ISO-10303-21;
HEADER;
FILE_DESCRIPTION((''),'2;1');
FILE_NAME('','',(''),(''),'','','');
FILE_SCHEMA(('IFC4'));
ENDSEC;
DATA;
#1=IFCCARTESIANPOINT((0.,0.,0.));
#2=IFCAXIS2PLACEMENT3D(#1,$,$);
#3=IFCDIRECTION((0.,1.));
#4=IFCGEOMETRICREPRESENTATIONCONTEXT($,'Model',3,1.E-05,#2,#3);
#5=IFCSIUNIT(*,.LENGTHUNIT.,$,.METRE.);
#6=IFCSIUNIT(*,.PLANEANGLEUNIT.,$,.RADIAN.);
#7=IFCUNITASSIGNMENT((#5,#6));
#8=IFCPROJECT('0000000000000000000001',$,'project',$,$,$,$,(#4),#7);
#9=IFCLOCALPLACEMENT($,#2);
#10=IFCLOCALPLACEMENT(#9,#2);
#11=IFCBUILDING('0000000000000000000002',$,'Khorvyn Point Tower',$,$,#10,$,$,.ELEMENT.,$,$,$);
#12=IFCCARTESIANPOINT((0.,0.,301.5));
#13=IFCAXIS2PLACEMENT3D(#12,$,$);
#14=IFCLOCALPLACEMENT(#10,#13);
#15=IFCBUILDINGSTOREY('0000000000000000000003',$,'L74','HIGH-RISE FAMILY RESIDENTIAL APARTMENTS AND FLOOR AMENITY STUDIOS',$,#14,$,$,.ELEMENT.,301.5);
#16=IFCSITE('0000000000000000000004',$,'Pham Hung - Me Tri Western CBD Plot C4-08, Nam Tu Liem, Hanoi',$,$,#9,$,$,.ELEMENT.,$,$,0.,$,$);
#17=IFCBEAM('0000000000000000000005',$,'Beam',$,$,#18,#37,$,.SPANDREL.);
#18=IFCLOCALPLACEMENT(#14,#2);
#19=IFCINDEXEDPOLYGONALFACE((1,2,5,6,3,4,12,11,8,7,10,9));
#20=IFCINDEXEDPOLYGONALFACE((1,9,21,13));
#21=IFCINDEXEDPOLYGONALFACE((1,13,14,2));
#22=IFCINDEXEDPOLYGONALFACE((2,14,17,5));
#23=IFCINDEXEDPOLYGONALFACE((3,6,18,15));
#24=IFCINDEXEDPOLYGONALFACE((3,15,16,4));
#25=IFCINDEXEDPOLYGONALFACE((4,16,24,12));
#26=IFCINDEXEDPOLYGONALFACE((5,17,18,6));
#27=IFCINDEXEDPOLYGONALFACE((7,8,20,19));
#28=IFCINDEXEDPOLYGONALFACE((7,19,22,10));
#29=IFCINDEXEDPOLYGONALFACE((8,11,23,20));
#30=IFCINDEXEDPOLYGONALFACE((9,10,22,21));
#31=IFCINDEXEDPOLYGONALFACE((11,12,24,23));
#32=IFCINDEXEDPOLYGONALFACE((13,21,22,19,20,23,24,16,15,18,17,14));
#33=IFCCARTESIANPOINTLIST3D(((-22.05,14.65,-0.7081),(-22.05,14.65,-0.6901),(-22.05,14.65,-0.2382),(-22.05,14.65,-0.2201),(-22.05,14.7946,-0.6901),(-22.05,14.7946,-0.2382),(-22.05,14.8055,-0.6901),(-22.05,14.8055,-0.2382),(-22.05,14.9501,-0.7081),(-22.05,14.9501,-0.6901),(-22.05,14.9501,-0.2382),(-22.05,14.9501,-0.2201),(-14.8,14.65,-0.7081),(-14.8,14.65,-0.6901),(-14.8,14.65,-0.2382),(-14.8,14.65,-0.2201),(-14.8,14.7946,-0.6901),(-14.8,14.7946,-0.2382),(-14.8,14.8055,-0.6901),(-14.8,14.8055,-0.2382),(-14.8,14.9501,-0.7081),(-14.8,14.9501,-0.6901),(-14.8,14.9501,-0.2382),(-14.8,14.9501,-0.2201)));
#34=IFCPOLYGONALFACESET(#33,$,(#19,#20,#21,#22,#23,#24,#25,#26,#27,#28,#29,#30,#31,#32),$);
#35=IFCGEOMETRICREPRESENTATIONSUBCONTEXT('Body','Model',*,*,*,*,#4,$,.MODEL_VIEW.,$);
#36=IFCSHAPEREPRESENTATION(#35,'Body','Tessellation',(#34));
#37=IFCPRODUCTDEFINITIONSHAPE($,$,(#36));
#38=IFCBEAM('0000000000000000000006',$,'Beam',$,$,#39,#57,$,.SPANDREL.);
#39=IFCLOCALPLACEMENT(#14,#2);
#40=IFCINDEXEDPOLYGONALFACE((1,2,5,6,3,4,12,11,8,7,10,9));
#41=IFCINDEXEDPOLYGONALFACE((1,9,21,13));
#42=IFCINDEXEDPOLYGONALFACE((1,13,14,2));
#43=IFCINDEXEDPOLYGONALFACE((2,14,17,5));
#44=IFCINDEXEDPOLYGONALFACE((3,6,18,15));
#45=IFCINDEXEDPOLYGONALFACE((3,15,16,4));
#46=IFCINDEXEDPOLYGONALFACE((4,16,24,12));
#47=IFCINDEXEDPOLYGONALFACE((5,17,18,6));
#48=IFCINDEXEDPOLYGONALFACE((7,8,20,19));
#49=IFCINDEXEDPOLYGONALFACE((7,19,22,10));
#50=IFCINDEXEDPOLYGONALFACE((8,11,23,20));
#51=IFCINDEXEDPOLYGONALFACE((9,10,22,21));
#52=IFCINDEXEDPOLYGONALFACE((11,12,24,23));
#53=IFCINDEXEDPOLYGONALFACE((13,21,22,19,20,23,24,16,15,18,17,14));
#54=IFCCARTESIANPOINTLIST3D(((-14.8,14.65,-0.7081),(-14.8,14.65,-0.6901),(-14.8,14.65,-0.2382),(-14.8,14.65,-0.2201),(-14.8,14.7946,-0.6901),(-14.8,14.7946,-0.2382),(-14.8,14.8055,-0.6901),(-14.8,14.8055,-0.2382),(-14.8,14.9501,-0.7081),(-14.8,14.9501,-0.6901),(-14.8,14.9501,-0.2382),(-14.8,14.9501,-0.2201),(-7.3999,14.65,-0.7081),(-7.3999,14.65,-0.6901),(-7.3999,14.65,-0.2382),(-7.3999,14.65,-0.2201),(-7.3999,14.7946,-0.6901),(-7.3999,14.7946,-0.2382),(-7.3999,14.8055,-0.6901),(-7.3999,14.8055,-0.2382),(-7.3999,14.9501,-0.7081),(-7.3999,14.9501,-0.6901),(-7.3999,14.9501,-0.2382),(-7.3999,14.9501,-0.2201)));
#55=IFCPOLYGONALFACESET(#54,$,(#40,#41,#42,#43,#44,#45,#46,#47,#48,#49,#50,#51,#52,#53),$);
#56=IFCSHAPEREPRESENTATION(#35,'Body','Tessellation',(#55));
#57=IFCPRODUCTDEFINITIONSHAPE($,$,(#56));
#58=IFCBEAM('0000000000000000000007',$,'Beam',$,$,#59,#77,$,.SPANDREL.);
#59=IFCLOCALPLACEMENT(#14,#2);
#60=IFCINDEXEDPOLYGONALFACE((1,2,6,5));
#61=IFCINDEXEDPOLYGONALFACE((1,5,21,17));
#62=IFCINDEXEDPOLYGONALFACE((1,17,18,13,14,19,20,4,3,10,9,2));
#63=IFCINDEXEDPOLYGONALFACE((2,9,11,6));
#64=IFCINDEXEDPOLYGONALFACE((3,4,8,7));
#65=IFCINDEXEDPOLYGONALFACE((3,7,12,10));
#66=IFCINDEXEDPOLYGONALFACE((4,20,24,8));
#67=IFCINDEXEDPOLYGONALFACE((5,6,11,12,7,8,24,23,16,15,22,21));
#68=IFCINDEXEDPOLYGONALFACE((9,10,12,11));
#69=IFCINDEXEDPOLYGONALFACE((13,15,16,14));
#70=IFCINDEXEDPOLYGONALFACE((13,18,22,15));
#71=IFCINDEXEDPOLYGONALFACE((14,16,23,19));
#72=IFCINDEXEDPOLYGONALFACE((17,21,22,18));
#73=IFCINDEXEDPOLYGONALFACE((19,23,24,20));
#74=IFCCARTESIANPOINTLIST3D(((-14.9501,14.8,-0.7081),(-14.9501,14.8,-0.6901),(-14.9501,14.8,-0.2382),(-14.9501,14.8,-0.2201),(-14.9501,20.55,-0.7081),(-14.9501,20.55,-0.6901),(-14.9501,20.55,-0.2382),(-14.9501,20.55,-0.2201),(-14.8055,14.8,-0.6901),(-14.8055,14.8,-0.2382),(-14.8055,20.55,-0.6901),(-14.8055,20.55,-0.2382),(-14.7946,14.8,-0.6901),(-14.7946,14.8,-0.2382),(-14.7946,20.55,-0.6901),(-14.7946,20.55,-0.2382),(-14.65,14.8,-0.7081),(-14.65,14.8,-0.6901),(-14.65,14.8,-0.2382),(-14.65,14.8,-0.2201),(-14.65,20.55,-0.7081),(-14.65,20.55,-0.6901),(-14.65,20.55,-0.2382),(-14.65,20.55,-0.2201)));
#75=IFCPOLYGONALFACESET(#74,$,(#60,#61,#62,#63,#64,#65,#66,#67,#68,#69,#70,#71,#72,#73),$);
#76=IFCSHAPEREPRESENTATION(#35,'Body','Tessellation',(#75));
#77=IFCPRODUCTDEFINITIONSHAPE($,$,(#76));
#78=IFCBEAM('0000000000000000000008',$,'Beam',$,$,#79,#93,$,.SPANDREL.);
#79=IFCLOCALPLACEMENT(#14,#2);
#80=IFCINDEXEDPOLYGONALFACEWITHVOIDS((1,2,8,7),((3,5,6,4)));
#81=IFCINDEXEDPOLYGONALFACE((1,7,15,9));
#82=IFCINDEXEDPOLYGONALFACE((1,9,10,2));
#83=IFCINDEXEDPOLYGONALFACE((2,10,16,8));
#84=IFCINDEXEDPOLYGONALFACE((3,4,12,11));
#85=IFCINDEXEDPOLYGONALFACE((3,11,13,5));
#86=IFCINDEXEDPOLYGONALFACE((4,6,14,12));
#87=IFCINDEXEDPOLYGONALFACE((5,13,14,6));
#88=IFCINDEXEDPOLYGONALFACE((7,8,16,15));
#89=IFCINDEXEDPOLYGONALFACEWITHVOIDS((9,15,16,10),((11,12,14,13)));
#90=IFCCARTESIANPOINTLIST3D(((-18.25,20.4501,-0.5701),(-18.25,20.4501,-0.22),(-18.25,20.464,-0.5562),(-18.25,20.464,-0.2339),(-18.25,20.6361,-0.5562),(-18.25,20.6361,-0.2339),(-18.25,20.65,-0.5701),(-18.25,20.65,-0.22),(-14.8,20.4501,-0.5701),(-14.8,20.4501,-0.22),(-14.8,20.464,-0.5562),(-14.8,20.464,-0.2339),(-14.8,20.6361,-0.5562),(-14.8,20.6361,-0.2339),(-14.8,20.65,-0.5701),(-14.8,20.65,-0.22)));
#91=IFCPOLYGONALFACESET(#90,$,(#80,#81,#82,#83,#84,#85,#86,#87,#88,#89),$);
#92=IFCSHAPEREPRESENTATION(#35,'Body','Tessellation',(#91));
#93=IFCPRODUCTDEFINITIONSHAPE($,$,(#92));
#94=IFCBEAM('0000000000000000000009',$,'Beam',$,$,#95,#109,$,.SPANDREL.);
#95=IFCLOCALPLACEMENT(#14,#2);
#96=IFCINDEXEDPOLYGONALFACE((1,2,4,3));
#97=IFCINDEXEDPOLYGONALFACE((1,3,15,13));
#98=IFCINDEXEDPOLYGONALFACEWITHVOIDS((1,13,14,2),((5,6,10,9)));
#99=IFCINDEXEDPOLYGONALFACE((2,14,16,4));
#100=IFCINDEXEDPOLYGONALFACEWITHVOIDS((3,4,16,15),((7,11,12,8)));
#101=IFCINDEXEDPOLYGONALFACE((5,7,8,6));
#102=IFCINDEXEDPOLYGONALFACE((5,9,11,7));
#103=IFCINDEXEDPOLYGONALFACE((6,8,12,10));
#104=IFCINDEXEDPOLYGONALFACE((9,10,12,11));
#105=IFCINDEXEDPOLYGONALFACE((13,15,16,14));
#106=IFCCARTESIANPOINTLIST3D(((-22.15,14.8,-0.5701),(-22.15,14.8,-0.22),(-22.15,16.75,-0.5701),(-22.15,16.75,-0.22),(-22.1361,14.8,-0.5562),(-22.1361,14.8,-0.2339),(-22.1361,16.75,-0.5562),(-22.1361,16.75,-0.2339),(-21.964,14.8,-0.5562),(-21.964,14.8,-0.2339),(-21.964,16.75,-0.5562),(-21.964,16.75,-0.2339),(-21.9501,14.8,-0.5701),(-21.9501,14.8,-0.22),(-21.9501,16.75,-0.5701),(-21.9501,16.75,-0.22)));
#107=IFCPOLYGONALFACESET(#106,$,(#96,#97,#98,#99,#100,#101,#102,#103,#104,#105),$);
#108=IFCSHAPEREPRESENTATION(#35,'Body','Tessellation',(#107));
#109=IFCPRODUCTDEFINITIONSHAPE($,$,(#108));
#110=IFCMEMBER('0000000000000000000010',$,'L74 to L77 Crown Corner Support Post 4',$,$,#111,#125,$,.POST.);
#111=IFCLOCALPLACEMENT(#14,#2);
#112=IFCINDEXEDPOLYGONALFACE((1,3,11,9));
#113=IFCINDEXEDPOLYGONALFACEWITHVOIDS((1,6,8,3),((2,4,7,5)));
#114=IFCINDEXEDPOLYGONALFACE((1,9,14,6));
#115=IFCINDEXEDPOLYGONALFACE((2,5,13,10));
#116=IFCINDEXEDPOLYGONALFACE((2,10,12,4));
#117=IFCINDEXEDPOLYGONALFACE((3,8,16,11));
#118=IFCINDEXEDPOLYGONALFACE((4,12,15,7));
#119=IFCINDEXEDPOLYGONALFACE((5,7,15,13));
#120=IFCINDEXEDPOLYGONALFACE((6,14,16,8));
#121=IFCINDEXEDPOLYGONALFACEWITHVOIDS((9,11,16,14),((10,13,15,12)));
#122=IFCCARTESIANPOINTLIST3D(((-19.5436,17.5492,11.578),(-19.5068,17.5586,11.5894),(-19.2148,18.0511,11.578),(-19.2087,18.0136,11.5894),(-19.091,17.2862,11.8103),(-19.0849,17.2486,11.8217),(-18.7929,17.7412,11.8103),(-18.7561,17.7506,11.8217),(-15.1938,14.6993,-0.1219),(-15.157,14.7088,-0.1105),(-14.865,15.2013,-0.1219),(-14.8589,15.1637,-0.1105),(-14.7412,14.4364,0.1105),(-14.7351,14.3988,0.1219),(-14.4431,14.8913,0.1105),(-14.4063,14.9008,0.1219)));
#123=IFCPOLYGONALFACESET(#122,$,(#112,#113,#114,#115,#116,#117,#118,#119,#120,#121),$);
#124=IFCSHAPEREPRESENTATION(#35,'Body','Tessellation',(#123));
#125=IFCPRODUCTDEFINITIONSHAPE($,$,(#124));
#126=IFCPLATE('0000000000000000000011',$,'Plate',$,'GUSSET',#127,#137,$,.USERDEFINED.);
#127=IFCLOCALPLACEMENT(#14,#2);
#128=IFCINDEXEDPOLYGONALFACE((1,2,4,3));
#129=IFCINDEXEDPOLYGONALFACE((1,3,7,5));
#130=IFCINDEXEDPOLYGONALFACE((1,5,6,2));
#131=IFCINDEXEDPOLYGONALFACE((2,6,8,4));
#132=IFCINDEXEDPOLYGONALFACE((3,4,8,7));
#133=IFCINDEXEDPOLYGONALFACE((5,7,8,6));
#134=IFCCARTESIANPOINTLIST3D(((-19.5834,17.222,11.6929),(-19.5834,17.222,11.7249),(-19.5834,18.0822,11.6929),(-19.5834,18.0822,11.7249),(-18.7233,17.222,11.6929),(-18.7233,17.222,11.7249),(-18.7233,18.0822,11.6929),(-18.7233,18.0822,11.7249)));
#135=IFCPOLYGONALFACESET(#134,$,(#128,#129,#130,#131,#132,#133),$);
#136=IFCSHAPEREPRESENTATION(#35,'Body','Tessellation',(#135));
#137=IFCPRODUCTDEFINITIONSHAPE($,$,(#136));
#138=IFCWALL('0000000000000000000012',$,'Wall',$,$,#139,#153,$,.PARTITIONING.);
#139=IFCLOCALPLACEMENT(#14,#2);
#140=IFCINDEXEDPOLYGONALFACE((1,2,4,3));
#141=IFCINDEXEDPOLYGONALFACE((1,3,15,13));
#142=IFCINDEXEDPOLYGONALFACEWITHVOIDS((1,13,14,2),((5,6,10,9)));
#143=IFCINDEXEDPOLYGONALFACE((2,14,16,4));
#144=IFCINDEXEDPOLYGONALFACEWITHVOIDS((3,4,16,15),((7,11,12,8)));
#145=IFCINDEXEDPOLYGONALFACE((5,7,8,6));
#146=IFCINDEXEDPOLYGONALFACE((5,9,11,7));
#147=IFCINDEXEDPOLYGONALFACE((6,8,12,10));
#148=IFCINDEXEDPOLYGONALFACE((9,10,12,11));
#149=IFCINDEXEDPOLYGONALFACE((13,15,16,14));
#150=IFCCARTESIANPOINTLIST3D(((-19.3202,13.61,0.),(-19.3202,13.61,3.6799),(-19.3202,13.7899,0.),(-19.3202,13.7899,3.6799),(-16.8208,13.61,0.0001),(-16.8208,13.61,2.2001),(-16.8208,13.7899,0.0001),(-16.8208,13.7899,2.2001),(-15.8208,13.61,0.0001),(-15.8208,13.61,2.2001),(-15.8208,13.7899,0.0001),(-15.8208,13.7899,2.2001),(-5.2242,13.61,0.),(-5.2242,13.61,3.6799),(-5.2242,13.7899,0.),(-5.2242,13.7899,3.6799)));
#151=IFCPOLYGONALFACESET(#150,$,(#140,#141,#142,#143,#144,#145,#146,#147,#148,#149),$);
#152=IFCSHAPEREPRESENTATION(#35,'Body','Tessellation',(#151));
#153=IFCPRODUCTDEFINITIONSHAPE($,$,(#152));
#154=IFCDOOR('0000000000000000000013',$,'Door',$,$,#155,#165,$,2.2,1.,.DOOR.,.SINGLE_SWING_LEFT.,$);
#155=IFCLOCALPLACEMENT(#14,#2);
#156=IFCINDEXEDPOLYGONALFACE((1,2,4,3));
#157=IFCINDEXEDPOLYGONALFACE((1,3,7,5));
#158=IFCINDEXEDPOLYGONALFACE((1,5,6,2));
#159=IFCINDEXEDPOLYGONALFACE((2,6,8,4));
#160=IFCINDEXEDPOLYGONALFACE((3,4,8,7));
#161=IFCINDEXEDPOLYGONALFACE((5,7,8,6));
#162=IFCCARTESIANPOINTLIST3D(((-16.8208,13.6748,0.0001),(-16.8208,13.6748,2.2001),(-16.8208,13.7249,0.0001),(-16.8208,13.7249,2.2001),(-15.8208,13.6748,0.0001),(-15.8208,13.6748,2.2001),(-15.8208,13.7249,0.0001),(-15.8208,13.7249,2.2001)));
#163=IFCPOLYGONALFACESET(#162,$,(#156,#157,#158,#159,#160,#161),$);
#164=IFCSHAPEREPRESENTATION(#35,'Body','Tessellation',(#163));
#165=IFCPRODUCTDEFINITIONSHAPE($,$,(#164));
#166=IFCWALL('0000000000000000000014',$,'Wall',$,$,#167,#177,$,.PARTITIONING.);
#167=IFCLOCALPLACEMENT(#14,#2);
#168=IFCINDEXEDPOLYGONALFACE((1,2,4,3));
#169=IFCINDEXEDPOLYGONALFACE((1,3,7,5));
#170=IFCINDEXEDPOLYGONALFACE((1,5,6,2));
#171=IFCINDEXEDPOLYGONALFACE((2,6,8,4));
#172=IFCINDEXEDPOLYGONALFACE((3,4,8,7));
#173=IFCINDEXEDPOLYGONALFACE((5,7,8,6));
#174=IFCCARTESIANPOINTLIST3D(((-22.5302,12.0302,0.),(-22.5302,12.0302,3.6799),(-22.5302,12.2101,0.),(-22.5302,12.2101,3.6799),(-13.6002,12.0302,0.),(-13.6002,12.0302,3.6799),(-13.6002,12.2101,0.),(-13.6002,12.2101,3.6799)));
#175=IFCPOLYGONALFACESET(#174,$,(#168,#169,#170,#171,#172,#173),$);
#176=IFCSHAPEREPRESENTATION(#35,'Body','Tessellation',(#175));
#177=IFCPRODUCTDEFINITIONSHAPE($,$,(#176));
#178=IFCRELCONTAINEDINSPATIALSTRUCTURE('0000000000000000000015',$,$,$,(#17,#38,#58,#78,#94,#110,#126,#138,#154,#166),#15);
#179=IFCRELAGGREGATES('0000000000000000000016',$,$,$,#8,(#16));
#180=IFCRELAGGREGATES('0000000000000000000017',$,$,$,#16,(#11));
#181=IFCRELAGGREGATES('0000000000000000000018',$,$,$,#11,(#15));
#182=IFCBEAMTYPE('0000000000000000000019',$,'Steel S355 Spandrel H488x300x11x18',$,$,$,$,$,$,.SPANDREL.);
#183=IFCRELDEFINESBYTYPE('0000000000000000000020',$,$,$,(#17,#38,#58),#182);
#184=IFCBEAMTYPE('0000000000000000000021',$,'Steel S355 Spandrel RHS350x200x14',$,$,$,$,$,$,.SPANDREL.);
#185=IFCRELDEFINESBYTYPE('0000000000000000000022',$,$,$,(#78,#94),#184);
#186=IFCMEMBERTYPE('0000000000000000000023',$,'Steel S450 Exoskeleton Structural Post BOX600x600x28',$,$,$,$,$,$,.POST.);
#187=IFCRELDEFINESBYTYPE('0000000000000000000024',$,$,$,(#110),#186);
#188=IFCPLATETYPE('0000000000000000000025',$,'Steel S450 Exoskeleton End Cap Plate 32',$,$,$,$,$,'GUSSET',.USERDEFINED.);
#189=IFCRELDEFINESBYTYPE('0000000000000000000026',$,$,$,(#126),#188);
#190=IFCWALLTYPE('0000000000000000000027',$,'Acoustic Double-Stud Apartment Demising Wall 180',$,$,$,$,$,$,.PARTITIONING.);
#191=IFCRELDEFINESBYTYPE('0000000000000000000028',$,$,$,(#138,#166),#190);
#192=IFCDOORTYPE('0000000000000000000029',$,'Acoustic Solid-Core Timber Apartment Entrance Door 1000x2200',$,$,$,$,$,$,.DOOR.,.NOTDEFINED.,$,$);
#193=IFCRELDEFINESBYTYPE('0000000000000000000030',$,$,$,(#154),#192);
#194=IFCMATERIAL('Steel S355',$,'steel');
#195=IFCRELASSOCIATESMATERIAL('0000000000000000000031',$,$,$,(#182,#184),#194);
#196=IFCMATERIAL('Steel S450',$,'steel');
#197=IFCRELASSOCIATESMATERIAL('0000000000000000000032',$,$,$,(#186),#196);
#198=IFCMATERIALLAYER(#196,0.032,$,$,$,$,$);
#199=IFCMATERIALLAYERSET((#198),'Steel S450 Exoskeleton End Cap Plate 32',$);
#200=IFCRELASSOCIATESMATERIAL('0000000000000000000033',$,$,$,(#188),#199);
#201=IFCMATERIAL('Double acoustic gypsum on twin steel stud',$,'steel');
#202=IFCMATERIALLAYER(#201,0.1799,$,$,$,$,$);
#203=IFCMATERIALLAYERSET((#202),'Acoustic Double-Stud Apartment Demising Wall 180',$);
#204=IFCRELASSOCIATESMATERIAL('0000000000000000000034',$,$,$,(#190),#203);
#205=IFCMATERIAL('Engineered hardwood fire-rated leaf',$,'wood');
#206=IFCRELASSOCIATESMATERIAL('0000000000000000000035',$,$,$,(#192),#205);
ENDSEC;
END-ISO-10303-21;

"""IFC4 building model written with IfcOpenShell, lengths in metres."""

from ifc_helpers import new_model, si_unit, direction, frame, frame_2d, origin, origin_2d, place, context, subcontext, project, spatial, rectangle, hollow_rectangle, i_section, extrude, material, layer, layer_set, material_profile, profile_set, type_object, element, fill, save


model = new_model("IFC4")

# Units and contexts
model_context = context("Model", 3, precision=1e-05, world=origin(), true_north=direction((0.0, 1.0)))
body_context = subcontext(model_context, "Body", "Model", "MODEL_VIEW")
ifc_project = project(units=[si_unit("LENGTHUNIT", "METRE"), si_unit("PLANEANGLEUNIT", "RADIAN")], contexts=[model_context])

# Site, building, storey
site_placement = place(None, origin())
site = spatial("IfcSite", under=ifc_project, at=site_placement, Name="Pham Hung - Me Tri Western CBD Plot C4-08, Nam Tu Liem, Hanoi", CompositionType="ELEMENT", RefElevation=0.0)
building_placement = place(site_placement, origin())
building = spatial("IfcBuilding", under=site, at=building_placement, Name="Khorvyn Point Tower", CompositionType="ELEMENT")
storey_placement = place(building_placement, frame((0.0, 0.0, 301.5)))
storey = spatial("IfcBuildingStorey", under=building, at=storey_placement, Name="L74", Description="HIGH-RISE FAMILY RESIDENTIAL APARTMENTS AND FLOOR AMENITY STUDIOS", CompositionType="ELEMENT", Elevation=301.5)

# Shared definitions
ifc_material_1 = material(Name="Steel S355", Category="steel")

# Beams
ifc_material_profile_1 = material_profile(ifc_material_1, i_section(OverallWidth=0.3, OverallDepth=0.488, WebThickness=0.011, FlangeThickness=0.0181, at=origin_2d()))
ifc_profile_set_1 = profile_set([ifc_material_profile_1], Name="Steel S355 H488x300x11x18")
beam_type_1 = type_object("IfcBeamType", Name="Steel S355 Spandrel H488x300x11x18", PredefinedType="SPANDREL", material=ifc_profile_set_1)
beam_1_placement = place(storey_placement, frame((-22.05, 14.8, -0.4641), z_axis=(1.0, 0.0, 0.0), x_axis=(0.0, 1.0, 0.0)))
element("IfcBeam", 1, at=beam_1_placement, inside=storey, type_object=beam_type_1, Name="Beam", PredefinedType="SPANDREL", context=body_context, shape_type="SweptSolid", body=[
    extrude(i_section(OverallWidth=0.3, OverallDepth=0.488, WebThickness=0.011, FlangeThickness=0.0181, at=origin_2d()), origin(), (0.0, 0.0, 1.0), 7.25),
])
beam_2_placement = place(storey_placement, frame((-14.8, 14.8, -0.4641), z_axis=(1.0, 0.0, 0.0), x_axis=(0.0, 1.0, 0.0)))
element("IfcBeam", 2, at=beam_2_placement, inside=storey, type_object=beam_type_1, Name="Beam", PredefinedType="SPANDREL", context=body_context, shape_type="SweptSolid", body=[
    extrude(i_section(OverallWidth=0.3, OverallDepth=0.488, WebThickness=0.011, FlangeThickness=0.0181, at=origin_2d()), origin(), (0.0, 0.0, 1.0), 7.4001),
])
beam_3_placement = place(storey_placement, frame((-14.8, 14.8, -0.4641), z_axis=(0.0, 1.0, 0.0), x_axis=(-1.0, 0.0, 0.0)))
element("IfcBeam", 3, at=beam_3_placement, inside=storey, type_object=beam_type_1, Name="Beam", PredefinedType="SPANDREL", context=body_context, shape_type="SweptSolid", body=[
    extrude(i_section(OverallWidth=0.3, OverallDepth=0.488, WebThickness=0.011, FlangeThickness=0.0181, at=origin_2d()), origin(), (0.0, 0.0, 1.0), 5.75),
])
ifc_material_profile_2 = material_profile(ifc_material_1, hollow_rectangle(XDim=0.2, YDim=0.3501, WallThickness=0.0139, at=origin_2d()))
ifc_profile_set_2 = profile_set([ifc_material_profile_2], Name="Steel S355 RHS350x200x14")
beam_type_2 = type_object("IfcBeamType", Name="Steel S355 Spandrel RHS350x200x14", PredefinedType="SPANDREL", material=ifc_profile_set_2)
beam_4_placement = place(storey_placement, frame((-18.25, 20.55, -0.395), z_axis=(1.0, 0.0, 0.0), x_axis=(0.0, 1.0, 0.0)))
element("IfcBeam", 4, at=beam_4_placement, inside=storey, type_object=beam_type_2, Name="Beam", PredefinedType="SPANDREL", context=body_context, shape_type="SweptSolid", body=[
    extrude(hollow_rectangle(XDim=0.2, YDim=0.3501, WallThickness=0.0139, at=origin_2d()), origin(), (0.0, 0.0, 1.0), 3.45),
])
beam_5_placement = place(storey_placement, frame((-22.05, 14.8, -0.395), z_axis=(0.0, 1.0, 0.0), x_axis=(-1.0, 0.0, 0.0)))
element("IfcBeam", 5, at=beam_5_placement, inside=storey, type_object=beam_type_2, Name="Beam", PredefinedType="SPANDREL", context=body_context, shape_type="SweptSolid", body=[
    extrude(hollow_rectangle(XDim=0.2, YDim=0.3501, WallThickness=0.0139, at=origin_2d()), origin(), (0.0, 0.0, 1.0), 1.95),
])

# Member
ifc_material_2 = material(Name="Steel S450", Category="steel")
ifc_material_profile_3 = material_profile(ifc_material_2, hollow_rectangle(XDim=0.6001, YDim=0.6001, WallThickness=0.0281, at=origin_2d()))
ifc_profile_set_3 = profile_set([ifc_material_profile_3], Name="Steel S450 BOX600x600x28")
member_type_1 = type_object("IfcMemberType", Name="Steel S450 Exoskeleton Structural Post BOX600x600x28", PredefinedType="POST", material=ifc_profile_set_3)
member_1_placement = place(storey_placement, frame((-14.8, 14.8, 0.0), z_axis=(-0.339737, 0.222582, 0.913803), x_axis=(-0.548019, -0.836466, 0.0)))
element("IfcMember", 6, at=member_1_placement, inside=storey, type_object=member_type_1, Name="L74 to L77 Crown Corner Support Post 4", PredefinedType="POST", context=body_context, shape_type="SweptSolid", body=[
    extrude(hollow_rectangle(XDim=0.6001, YDim=0.6001, WallThickness=0.0281, at=origin_2d()), origin(), (0.0, 0.0, 1.0), 12.8035),
])

# Plate
ifc_layer_1 = layer(ifc_material_2, 0.032)
ifc_layer_set_1 = layer_set([ifc_layer_1], Name="Steel S450 Exoskeleton End Cap Plate 32")
plate_type = type_object("IfcPlateType", Name="Steel S450 Exoskeleton End Cap Plate 32", ElementType="GUSSET", PredefinedType="USERDEFINED", material=ifc_layer_set_1)
plate_placement = place(storey_placement, frame((-19.1533, 17.6521, 11.6929), z_axis=(0.0, 0.0, 1.0), x_axis=(1.0, 0.0, 0.0)))
element("IfcPlate", 7, at=plate_placement, inside=storey, type_object=plate_type, Name="Plate", ObjectType="GUSSET", PredefinedType="USERDEFINED", context=body_context, shape_type="SweptSolid", body=[
    extrude(rectangle(XDim=0.8601, YDim=0.8601, at=origin_2d()), origin(), (0.0, 0.0, 1.0), 0.032),
])

# Wall, opening, door
ifc_material_3 = material(Name="Double acoustic gypsum on twin steel stud", Category="steel")
ifc_layer_2 = layer(ifc_material_3, 0.1799)
ifc_layer_set_2 = layer_set([ifc_layer_2], Name="Acoustic Double-Stud Apartment Demising Wall 180")
wall_type_1 = type_object("IfcWallType", Name="Acoustic Double-Stud Apartment Demising Wall 180", PredefinedType="PARTITIONING", material=ifc_layer_set_2)
wall_1_placement = place(storey_placement, frame((-19.3201, 13.7, 0.0), z_axis=(0.0, 0.0, 1.0), x_axis=(1.0, 0.0, 0.0)))
wall_1 = element("IfcWall", 8, at=wall_1_placement, inside=storey, type_object=wall_type_1, Name="Wall", PredefinedType="PARTITIONING", context=body_context, shape_type="SweptSolid", body=[
    extrude(rectangle(XDim=14.0959, YDim=0.1799, at=frame_2d((7.0479, 0.0))), origin(), (0.0, 0.0, 1.0), 3.6799),
])
opening_1_placement = place(wall_1_placement, frame((2.4993, 0.0, 0.0)))
opening_1 = element("IfcOpeningElement", 9, at=opening_1_placement, cuts=wall_1, PredefinedType="OPENING", context=body_context, shape_type="SweptSolid", body=[
    extrude(rectangle(XDim=1.0, YDim=2.2, at=frame_2d((0.5, 1.1001))), frame((0.0, 0.0999, 0.0), z_axis=(0.0, -1.0, 0.0), x_axis=(1.0, 0.0, 0.0)), (0.0, 0.0, 1.0), 0.2),
])
ifc_material_4 = material(Name="Engineered hardwood fire-rated leaf", Category="wood")
door_type = type_object("IfcDoorType", Name="Acoustic Solid-Core Timber Apartment Entrance Door 1000x2200", OperationType="NOTDEFINED", PredefinedType="DOOR", material=ifc_material_4)
door_placement = place(opening_1_placement, origin())
door = element("IfcDoor", 10, at=door_placement, inside=storey, type_object=door_type, Name="Door", OperationType="SINGLE_SWING_LEFT", OverallHeight=2.2, OverallWidth=1.0, PredefinedType="DOOR", context=body_context, shape_type="SweptSolid", body=[
    extrude(rectangle(XDim=1.0, YDim=2.2, at=frame_2d((0.5, 1.1001))), frame((0.0, 0.0249, 0.0), z_axis=(0.0, -1.0, 0.0), x_axis=(1.0, 0.0, 0.0)), (0.0, 0.0, 1.0), 0.05),
])
fill(opening_1, door)

# Wall
wall_2_placement = place(storey_placement, frame((-22.53, 12.1201, 0.0), z_axis=(0.0, 0.0, 1.0), x_axis=(1.0, 0.0, 0.0)))
element("IfcWall", 11, at=wall_2_placement, inside=storey, type_object=wall_type_1, Name="Wall", PredefinedType="PARTITIONING", context=body_context, shape_type="SweptSolid", body=[
    extrude(rectangle(XDim=8.9299, YDim=0.1799, at=frame_2d((4.4648, 0.0))), origin(), (0.0, 0.0, 1.0), 3.6799),
])

save(model, "model.ifc")
